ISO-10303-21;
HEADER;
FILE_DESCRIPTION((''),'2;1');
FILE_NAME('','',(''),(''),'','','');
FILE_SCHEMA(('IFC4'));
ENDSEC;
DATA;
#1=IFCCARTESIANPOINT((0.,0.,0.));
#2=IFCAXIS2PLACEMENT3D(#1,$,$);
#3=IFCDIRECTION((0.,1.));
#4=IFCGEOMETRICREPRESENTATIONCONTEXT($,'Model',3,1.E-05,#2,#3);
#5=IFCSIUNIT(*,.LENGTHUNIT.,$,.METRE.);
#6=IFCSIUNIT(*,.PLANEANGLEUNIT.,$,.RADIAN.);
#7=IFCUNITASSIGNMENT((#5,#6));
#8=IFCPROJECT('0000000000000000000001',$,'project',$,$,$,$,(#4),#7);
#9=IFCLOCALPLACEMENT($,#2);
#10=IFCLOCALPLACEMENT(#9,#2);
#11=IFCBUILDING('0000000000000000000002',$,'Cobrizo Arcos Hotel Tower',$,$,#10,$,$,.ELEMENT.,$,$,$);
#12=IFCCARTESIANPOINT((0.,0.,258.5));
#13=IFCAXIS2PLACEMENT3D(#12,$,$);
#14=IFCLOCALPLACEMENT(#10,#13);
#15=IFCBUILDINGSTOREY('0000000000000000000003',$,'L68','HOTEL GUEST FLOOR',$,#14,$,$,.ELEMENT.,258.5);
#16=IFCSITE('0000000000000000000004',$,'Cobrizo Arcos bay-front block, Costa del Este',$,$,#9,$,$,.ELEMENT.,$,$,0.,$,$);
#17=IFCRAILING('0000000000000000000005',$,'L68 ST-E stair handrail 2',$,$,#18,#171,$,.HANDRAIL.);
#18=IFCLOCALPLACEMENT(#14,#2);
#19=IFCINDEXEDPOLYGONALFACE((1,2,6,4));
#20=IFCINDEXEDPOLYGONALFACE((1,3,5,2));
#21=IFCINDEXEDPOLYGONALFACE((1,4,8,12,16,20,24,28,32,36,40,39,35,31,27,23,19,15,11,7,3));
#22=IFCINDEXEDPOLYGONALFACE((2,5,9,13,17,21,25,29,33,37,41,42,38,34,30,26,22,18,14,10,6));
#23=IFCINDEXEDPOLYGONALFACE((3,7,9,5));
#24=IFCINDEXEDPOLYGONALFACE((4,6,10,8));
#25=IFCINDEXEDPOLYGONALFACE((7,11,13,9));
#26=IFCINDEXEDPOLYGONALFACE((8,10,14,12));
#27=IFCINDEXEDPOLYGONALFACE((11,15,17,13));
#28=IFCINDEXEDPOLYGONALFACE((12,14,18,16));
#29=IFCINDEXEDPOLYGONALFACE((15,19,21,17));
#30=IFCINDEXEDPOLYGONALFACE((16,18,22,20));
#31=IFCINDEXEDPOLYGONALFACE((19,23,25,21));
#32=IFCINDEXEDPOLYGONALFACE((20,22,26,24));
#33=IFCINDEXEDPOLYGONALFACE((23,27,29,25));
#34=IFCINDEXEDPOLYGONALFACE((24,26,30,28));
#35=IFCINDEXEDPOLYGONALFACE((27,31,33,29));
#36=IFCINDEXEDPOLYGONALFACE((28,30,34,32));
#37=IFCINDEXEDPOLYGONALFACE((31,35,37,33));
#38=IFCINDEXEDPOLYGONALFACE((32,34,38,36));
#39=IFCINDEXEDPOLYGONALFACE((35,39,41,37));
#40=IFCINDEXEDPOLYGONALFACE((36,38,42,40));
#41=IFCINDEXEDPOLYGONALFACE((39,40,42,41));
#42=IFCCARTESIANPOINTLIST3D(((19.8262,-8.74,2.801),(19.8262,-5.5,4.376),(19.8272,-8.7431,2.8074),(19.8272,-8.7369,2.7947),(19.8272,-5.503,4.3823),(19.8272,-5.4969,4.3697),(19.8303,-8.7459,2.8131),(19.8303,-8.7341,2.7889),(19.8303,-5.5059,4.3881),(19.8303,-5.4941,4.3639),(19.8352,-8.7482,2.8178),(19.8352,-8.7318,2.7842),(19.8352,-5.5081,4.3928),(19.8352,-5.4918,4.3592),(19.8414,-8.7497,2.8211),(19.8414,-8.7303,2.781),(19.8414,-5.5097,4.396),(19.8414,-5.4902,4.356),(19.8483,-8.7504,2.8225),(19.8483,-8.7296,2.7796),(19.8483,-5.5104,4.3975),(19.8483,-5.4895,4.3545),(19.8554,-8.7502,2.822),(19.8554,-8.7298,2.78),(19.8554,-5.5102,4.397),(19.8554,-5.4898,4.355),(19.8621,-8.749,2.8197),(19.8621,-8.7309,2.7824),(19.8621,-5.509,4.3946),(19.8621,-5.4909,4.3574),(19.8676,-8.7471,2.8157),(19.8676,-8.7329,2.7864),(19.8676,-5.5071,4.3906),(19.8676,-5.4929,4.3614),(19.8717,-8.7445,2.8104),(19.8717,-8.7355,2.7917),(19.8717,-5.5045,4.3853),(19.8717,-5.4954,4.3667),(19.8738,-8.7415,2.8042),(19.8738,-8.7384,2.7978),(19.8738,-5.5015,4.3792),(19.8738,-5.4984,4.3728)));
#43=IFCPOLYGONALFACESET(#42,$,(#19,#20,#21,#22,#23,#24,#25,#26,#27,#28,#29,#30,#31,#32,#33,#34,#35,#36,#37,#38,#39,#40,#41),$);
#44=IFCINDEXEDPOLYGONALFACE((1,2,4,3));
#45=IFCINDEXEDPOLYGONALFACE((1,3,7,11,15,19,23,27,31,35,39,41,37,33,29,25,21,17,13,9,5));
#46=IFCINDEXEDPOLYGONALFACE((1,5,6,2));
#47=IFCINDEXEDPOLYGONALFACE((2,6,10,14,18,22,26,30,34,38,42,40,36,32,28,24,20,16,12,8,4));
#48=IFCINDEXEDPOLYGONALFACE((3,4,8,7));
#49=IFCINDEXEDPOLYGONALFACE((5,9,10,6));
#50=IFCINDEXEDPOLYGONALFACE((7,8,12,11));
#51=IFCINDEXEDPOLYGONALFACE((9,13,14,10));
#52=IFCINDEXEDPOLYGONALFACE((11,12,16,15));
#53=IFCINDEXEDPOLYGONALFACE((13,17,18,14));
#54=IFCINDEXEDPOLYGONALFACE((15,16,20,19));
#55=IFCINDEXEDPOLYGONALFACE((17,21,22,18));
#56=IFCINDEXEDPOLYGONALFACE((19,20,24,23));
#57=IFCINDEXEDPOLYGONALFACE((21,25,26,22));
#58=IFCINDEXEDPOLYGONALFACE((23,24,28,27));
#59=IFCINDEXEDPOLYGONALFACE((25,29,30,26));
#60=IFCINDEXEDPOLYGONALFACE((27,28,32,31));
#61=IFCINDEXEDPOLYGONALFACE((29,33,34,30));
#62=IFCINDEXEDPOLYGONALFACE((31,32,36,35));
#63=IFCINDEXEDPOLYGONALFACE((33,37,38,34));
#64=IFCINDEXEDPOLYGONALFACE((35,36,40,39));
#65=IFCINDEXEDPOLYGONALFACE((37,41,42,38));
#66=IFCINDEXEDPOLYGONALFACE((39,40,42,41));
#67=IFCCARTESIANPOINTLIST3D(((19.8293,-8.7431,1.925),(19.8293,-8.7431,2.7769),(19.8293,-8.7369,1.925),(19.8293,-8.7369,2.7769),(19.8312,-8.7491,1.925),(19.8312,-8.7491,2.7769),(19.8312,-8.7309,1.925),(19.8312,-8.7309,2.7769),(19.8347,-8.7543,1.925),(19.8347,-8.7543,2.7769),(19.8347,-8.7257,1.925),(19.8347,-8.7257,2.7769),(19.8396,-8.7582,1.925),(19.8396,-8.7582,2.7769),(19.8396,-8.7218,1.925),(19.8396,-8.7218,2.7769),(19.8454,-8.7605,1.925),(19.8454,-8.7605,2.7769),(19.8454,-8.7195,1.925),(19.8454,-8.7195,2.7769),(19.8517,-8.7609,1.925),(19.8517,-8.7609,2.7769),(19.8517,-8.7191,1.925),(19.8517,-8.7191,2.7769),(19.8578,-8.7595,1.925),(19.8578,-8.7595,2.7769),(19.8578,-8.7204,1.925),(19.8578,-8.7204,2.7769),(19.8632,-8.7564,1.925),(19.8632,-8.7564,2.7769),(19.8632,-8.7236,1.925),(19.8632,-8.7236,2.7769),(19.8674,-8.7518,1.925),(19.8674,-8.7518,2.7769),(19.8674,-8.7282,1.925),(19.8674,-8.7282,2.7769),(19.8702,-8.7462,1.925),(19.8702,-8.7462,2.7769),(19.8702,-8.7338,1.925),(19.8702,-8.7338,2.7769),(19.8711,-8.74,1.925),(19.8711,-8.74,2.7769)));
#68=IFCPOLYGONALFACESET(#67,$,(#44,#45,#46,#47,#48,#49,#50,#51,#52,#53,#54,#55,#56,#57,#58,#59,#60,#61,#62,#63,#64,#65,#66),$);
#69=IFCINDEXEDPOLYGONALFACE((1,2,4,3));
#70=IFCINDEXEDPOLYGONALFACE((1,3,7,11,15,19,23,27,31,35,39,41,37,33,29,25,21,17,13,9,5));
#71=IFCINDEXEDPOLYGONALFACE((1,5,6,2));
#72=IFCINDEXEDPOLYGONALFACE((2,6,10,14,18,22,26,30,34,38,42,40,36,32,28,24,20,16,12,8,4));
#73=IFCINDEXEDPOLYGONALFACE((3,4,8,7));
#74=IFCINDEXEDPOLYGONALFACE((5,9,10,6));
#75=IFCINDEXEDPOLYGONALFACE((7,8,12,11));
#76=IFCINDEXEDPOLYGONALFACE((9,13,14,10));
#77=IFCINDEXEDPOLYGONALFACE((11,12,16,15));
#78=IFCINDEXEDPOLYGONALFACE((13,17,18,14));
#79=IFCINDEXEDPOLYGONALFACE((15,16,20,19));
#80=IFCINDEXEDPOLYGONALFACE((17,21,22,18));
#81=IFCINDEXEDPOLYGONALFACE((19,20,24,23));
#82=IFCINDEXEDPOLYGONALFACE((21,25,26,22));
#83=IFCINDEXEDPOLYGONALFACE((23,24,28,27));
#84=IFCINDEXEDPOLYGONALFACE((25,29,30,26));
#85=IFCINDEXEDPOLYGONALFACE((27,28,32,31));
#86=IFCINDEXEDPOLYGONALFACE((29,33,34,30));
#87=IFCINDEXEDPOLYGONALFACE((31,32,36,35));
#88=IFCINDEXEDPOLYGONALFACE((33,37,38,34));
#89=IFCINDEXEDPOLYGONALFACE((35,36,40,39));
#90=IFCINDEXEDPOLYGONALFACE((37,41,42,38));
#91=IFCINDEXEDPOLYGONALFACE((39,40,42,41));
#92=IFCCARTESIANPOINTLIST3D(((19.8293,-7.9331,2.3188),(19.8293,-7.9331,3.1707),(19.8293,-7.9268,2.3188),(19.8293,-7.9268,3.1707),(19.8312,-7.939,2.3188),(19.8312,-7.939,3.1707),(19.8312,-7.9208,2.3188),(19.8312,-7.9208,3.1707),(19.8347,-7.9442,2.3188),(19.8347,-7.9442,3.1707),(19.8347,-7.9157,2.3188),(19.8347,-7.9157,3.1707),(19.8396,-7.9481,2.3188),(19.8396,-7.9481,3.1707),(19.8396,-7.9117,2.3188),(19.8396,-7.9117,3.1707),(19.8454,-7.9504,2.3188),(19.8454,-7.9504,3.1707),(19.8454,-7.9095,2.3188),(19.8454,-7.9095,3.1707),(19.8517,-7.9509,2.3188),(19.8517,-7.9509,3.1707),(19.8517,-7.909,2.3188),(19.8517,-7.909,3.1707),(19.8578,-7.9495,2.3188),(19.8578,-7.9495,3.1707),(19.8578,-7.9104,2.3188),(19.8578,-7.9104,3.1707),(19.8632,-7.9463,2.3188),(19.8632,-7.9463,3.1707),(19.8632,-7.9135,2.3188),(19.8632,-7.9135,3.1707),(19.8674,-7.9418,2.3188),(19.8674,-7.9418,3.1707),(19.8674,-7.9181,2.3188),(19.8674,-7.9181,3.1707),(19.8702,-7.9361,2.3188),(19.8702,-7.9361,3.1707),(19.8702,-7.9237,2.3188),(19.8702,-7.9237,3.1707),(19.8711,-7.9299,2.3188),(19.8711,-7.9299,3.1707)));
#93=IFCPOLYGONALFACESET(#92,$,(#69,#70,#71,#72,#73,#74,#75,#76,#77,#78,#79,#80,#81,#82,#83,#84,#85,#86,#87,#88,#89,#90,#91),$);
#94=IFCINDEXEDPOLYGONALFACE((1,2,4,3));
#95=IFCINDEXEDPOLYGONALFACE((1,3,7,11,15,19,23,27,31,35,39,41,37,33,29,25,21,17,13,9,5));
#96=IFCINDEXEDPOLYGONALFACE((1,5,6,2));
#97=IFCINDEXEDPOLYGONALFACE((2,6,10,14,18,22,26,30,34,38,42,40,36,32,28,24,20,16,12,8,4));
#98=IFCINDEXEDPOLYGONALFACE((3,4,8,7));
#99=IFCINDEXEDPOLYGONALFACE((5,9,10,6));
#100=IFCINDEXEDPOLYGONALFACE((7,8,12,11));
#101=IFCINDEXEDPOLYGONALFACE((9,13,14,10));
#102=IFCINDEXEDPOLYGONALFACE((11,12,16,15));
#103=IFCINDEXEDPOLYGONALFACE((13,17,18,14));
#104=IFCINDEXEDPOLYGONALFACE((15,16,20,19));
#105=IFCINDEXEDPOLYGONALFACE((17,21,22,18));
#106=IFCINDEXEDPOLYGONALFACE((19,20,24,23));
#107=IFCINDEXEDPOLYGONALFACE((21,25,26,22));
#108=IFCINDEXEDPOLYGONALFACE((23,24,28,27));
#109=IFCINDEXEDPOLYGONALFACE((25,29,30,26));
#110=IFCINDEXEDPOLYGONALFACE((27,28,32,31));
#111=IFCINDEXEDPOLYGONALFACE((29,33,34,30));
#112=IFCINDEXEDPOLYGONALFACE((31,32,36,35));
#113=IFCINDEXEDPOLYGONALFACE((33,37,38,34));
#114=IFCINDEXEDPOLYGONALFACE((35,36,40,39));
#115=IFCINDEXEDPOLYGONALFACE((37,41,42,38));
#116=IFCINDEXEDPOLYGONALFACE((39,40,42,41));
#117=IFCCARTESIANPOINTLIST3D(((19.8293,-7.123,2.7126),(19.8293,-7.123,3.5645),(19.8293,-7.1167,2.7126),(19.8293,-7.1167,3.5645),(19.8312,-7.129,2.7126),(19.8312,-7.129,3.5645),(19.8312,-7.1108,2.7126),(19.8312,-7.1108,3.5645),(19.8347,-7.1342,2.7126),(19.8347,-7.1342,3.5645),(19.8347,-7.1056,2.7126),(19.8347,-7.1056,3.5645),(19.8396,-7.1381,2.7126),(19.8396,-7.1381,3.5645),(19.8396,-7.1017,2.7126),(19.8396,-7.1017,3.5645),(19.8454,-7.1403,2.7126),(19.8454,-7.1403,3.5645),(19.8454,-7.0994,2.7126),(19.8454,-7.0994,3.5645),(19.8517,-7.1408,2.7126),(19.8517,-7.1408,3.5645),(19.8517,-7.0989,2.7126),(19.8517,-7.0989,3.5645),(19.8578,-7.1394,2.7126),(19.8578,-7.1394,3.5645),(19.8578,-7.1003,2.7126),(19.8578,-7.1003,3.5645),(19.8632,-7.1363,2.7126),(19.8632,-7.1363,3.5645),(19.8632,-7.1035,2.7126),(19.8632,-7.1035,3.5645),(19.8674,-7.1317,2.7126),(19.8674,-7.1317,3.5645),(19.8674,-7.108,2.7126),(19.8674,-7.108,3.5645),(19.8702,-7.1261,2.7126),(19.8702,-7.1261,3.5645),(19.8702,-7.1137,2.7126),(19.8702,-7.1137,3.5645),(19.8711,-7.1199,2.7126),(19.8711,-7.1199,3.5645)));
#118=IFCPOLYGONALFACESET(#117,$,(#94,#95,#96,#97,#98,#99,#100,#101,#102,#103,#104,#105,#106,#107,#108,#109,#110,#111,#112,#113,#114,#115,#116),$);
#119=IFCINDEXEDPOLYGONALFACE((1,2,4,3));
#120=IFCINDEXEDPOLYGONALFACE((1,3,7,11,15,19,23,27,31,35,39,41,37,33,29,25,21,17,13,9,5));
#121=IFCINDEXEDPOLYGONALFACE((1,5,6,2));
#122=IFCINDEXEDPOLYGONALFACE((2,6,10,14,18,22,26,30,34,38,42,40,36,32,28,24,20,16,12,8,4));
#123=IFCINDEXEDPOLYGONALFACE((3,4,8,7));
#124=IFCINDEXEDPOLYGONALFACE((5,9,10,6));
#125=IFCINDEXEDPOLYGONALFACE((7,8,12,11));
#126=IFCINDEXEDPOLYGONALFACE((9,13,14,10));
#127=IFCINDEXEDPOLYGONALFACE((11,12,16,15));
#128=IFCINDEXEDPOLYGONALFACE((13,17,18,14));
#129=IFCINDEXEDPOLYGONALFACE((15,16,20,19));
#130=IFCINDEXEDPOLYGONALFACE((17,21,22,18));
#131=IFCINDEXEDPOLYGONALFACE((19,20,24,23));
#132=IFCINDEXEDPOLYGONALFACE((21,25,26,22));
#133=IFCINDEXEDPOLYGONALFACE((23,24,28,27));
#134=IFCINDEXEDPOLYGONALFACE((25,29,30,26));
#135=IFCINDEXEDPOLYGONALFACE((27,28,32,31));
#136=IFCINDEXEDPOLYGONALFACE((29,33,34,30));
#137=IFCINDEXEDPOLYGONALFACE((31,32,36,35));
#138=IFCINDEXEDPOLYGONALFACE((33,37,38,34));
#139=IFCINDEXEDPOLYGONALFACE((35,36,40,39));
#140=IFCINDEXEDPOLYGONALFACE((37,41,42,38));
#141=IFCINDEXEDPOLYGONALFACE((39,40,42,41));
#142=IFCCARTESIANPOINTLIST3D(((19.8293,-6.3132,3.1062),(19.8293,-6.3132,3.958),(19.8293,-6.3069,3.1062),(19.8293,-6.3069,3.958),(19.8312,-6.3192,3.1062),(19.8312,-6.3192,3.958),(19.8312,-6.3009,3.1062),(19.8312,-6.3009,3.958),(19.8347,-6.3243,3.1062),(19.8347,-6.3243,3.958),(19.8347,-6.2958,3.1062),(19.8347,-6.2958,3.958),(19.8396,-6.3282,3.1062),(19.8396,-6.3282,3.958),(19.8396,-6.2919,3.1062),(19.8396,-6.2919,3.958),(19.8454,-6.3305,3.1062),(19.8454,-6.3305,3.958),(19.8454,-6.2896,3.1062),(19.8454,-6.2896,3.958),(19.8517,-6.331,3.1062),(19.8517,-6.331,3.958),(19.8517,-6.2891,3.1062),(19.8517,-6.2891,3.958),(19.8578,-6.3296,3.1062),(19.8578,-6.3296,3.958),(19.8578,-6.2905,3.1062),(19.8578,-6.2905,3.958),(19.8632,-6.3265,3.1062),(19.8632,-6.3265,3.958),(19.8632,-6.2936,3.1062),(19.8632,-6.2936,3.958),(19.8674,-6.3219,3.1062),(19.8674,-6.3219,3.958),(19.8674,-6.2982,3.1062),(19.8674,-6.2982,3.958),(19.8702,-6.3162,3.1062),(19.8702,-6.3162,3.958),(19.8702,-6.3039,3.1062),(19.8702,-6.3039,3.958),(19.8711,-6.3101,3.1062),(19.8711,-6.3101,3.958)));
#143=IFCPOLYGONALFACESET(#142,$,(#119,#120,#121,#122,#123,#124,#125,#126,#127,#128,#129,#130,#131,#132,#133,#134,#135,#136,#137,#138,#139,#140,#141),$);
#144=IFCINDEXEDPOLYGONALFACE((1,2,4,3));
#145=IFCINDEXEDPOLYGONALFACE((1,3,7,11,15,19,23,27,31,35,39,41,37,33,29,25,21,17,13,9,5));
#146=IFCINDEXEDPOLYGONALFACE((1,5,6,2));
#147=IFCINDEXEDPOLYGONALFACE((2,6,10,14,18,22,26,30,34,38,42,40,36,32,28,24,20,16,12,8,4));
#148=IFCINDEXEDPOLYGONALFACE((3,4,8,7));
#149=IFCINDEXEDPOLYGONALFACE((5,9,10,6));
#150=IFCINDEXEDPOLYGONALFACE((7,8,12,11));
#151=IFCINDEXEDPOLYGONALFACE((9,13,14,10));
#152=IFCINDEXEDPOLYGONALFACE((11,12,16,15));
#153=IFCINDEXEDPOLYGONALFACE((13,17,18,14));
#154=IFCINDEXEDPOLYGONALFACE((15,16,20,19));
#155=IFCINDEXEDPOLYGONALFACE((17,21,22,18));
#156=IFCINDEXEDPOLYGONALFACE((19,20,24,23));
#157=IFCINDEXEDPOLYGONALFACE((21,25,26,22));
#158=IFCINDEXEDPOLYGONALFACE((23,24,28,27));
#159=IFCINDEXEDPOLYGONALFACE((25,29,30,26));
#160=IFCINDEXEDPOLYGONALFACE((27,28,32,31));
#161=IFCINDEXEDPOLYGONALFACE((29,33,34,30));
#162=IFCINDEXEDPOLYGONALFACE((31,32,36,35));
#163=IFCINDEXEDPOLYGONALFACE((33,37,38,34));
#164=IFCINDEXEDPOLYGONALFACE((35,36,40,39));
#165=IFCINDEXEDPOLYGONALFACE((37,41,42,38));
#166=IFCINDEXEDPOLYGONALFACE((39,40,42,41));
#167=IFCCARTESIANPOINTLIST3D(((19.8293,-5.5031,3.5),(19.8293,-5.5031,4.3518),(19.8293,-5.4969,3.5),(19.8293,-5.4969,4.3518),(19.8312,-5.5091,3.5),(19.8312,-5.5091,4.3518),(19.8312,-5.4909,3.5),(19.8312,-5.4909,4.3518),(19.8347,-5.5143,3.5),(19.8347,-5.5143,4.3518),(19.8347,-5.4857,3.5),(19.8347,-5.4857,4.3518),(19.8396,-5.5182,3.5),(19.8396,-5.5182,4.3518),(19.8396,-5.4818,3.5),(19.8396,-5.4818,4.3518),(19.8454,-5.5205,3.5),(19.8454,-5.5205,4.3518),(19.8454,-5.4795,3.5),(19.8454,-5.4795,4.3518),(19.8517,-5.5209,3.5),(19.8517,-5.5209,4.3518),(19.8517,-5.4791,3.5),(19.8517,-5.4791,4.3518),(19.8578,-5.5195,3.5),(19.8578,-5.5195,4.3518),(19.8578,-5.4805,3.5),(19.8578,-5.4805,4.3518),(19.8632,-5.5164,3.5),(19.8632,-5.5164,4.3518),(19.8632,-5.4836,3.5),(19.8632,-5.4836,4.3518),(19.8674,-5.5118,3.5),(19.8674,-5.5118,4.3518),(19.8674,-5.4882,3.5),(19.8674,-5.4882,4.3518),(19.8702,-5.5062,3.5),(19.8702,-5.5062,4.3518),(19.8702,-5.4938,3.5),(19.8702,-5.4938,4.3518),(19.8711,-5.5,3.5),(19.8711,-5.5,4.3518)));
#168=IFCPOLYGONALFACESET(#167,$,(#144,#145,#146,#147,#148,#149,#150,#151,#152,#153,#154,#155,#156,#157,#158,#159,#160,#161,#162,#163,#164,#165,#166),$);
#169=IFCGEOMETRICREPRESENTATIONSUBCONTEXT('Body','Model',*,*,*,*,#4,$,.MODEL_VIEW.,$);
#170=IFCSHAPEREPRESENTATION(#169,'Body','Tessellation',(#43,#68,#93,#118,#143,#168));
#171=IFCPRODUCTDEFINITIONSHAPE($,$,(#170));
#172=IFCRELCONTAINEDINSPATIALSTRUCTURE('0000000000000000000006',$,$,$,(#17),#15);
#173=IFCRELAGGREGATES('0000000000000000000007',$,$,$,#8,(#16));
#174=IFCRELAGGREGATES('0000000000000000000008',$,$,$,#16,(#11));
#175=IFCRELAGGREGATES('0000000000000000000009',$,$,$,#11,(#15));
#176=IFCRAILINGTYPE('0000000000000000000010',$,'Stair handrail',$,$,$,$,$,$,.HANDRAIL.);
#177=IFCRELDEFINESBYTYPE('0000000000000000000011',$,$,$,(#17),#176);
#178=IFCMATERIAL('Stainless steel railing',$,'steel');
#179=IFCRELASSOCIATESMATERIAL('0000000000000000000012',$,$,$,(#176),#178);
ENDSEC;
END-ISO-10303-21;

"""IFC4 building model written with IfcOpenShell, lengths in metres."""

from ifc_helpers import new_model, si_unit, direction, frame, origin, origin_2d, place, context, subcontext, project, spatial, circle, extrude, material, type_object, element, save


model = new_model("IFC4")

# Units and contexts
model_context = context("Model", 3, precision=1e-05, world=origin(), true_north=direction((0.0, 1.0)))
body_context = subcontext(model_context, "Body", "Model", "MODEL_VIEW")
ifc_project = project(units=[si_unit("LENGTHUNIT", "METRE"), si_unit("PLANEANGLEUNIT", "RADIAN")], contexts=[model_context])

# Site, building, storey
site_placement = place(None, origin())
site = spatial("IfcSite", under=ifc_project, at=site_placement, Name="Cobrizo Arcos bay-front block, Costa del Este", CompositionType="ELEMENT", RefElevation=0.0)
building_placement = place(site_placement, origin())
building = spatial("IfcBuilding", under=site, at=building_placement, Name="Cobrizo Arcos Hotel Tower", CompositionType="ELEMENT")
storey_placement = place(building_placement, frame((0.0, 0.0, 258.5)))
storey = spatial("IfcBuildingStorey", under=building, at=storey_placement, Name="L68", Description="HOTEL GUEST FLOOR", CompositionType="ELEMENT", Elevation=258.5)

# Railing
ifc_material_1 = material(Name="Stainless steel railing", Category="steel")
railing_type_1 = type_object("IfcRailingType", Name="Stair handrail", PredefinedType="HANDRAIL", material=ifc_material_1)
railing_1_placement = place(storey_placement, frame((19.8501, -8.74, 1.925)))
element("IfcRailing", 1, at=railing_1_placement, inside=storey, type_object=railing_type_1, Name="L68 ST-E stair handrail 2", PredefinedType="HANDRAIL", context=body_context, shape_type="SweptSolid", body=[
    extrude(circle(Radius=0.0239, at=origin_2d()), frame((0.0, 0.0, 0.876), z_axis=(0.0, 0.899373, 0.437183), x_axis=(-1.0, 0.0, 0.0)), (0.0, 0.0, 1.0), 3.6025),
    extrude(circle(Radius=0.021, at=origin_2d()), origin(), (0.0, 0.0, 1.0), 0.8518),
    extrude(circle(Radius=0.021, at=origin_2d()), frame((0.0, 0.8101, 0.3938)), (0.0, 0.0, 1.0), 0.8518),
    extrude(circle(Radius=0.021, at=origin_2d()), frame((0.0, 1.6201, 0.7876)), (0.0, 0.0, 1.0), 0.8518),
    extrude(circle(Radius=0.021, at=origin_2d()), frame((0.0, 2.4299, 1.1812)), (0.0, 0.0, 1.0), 0.8518),
    extrude(circle(Radius=0.021, at=origin_2d()), frame((0.0, 3.24, 1.575)), (0.0, 0.0, 1.0), 0.8518),
])

save(model, "model.ifc")
